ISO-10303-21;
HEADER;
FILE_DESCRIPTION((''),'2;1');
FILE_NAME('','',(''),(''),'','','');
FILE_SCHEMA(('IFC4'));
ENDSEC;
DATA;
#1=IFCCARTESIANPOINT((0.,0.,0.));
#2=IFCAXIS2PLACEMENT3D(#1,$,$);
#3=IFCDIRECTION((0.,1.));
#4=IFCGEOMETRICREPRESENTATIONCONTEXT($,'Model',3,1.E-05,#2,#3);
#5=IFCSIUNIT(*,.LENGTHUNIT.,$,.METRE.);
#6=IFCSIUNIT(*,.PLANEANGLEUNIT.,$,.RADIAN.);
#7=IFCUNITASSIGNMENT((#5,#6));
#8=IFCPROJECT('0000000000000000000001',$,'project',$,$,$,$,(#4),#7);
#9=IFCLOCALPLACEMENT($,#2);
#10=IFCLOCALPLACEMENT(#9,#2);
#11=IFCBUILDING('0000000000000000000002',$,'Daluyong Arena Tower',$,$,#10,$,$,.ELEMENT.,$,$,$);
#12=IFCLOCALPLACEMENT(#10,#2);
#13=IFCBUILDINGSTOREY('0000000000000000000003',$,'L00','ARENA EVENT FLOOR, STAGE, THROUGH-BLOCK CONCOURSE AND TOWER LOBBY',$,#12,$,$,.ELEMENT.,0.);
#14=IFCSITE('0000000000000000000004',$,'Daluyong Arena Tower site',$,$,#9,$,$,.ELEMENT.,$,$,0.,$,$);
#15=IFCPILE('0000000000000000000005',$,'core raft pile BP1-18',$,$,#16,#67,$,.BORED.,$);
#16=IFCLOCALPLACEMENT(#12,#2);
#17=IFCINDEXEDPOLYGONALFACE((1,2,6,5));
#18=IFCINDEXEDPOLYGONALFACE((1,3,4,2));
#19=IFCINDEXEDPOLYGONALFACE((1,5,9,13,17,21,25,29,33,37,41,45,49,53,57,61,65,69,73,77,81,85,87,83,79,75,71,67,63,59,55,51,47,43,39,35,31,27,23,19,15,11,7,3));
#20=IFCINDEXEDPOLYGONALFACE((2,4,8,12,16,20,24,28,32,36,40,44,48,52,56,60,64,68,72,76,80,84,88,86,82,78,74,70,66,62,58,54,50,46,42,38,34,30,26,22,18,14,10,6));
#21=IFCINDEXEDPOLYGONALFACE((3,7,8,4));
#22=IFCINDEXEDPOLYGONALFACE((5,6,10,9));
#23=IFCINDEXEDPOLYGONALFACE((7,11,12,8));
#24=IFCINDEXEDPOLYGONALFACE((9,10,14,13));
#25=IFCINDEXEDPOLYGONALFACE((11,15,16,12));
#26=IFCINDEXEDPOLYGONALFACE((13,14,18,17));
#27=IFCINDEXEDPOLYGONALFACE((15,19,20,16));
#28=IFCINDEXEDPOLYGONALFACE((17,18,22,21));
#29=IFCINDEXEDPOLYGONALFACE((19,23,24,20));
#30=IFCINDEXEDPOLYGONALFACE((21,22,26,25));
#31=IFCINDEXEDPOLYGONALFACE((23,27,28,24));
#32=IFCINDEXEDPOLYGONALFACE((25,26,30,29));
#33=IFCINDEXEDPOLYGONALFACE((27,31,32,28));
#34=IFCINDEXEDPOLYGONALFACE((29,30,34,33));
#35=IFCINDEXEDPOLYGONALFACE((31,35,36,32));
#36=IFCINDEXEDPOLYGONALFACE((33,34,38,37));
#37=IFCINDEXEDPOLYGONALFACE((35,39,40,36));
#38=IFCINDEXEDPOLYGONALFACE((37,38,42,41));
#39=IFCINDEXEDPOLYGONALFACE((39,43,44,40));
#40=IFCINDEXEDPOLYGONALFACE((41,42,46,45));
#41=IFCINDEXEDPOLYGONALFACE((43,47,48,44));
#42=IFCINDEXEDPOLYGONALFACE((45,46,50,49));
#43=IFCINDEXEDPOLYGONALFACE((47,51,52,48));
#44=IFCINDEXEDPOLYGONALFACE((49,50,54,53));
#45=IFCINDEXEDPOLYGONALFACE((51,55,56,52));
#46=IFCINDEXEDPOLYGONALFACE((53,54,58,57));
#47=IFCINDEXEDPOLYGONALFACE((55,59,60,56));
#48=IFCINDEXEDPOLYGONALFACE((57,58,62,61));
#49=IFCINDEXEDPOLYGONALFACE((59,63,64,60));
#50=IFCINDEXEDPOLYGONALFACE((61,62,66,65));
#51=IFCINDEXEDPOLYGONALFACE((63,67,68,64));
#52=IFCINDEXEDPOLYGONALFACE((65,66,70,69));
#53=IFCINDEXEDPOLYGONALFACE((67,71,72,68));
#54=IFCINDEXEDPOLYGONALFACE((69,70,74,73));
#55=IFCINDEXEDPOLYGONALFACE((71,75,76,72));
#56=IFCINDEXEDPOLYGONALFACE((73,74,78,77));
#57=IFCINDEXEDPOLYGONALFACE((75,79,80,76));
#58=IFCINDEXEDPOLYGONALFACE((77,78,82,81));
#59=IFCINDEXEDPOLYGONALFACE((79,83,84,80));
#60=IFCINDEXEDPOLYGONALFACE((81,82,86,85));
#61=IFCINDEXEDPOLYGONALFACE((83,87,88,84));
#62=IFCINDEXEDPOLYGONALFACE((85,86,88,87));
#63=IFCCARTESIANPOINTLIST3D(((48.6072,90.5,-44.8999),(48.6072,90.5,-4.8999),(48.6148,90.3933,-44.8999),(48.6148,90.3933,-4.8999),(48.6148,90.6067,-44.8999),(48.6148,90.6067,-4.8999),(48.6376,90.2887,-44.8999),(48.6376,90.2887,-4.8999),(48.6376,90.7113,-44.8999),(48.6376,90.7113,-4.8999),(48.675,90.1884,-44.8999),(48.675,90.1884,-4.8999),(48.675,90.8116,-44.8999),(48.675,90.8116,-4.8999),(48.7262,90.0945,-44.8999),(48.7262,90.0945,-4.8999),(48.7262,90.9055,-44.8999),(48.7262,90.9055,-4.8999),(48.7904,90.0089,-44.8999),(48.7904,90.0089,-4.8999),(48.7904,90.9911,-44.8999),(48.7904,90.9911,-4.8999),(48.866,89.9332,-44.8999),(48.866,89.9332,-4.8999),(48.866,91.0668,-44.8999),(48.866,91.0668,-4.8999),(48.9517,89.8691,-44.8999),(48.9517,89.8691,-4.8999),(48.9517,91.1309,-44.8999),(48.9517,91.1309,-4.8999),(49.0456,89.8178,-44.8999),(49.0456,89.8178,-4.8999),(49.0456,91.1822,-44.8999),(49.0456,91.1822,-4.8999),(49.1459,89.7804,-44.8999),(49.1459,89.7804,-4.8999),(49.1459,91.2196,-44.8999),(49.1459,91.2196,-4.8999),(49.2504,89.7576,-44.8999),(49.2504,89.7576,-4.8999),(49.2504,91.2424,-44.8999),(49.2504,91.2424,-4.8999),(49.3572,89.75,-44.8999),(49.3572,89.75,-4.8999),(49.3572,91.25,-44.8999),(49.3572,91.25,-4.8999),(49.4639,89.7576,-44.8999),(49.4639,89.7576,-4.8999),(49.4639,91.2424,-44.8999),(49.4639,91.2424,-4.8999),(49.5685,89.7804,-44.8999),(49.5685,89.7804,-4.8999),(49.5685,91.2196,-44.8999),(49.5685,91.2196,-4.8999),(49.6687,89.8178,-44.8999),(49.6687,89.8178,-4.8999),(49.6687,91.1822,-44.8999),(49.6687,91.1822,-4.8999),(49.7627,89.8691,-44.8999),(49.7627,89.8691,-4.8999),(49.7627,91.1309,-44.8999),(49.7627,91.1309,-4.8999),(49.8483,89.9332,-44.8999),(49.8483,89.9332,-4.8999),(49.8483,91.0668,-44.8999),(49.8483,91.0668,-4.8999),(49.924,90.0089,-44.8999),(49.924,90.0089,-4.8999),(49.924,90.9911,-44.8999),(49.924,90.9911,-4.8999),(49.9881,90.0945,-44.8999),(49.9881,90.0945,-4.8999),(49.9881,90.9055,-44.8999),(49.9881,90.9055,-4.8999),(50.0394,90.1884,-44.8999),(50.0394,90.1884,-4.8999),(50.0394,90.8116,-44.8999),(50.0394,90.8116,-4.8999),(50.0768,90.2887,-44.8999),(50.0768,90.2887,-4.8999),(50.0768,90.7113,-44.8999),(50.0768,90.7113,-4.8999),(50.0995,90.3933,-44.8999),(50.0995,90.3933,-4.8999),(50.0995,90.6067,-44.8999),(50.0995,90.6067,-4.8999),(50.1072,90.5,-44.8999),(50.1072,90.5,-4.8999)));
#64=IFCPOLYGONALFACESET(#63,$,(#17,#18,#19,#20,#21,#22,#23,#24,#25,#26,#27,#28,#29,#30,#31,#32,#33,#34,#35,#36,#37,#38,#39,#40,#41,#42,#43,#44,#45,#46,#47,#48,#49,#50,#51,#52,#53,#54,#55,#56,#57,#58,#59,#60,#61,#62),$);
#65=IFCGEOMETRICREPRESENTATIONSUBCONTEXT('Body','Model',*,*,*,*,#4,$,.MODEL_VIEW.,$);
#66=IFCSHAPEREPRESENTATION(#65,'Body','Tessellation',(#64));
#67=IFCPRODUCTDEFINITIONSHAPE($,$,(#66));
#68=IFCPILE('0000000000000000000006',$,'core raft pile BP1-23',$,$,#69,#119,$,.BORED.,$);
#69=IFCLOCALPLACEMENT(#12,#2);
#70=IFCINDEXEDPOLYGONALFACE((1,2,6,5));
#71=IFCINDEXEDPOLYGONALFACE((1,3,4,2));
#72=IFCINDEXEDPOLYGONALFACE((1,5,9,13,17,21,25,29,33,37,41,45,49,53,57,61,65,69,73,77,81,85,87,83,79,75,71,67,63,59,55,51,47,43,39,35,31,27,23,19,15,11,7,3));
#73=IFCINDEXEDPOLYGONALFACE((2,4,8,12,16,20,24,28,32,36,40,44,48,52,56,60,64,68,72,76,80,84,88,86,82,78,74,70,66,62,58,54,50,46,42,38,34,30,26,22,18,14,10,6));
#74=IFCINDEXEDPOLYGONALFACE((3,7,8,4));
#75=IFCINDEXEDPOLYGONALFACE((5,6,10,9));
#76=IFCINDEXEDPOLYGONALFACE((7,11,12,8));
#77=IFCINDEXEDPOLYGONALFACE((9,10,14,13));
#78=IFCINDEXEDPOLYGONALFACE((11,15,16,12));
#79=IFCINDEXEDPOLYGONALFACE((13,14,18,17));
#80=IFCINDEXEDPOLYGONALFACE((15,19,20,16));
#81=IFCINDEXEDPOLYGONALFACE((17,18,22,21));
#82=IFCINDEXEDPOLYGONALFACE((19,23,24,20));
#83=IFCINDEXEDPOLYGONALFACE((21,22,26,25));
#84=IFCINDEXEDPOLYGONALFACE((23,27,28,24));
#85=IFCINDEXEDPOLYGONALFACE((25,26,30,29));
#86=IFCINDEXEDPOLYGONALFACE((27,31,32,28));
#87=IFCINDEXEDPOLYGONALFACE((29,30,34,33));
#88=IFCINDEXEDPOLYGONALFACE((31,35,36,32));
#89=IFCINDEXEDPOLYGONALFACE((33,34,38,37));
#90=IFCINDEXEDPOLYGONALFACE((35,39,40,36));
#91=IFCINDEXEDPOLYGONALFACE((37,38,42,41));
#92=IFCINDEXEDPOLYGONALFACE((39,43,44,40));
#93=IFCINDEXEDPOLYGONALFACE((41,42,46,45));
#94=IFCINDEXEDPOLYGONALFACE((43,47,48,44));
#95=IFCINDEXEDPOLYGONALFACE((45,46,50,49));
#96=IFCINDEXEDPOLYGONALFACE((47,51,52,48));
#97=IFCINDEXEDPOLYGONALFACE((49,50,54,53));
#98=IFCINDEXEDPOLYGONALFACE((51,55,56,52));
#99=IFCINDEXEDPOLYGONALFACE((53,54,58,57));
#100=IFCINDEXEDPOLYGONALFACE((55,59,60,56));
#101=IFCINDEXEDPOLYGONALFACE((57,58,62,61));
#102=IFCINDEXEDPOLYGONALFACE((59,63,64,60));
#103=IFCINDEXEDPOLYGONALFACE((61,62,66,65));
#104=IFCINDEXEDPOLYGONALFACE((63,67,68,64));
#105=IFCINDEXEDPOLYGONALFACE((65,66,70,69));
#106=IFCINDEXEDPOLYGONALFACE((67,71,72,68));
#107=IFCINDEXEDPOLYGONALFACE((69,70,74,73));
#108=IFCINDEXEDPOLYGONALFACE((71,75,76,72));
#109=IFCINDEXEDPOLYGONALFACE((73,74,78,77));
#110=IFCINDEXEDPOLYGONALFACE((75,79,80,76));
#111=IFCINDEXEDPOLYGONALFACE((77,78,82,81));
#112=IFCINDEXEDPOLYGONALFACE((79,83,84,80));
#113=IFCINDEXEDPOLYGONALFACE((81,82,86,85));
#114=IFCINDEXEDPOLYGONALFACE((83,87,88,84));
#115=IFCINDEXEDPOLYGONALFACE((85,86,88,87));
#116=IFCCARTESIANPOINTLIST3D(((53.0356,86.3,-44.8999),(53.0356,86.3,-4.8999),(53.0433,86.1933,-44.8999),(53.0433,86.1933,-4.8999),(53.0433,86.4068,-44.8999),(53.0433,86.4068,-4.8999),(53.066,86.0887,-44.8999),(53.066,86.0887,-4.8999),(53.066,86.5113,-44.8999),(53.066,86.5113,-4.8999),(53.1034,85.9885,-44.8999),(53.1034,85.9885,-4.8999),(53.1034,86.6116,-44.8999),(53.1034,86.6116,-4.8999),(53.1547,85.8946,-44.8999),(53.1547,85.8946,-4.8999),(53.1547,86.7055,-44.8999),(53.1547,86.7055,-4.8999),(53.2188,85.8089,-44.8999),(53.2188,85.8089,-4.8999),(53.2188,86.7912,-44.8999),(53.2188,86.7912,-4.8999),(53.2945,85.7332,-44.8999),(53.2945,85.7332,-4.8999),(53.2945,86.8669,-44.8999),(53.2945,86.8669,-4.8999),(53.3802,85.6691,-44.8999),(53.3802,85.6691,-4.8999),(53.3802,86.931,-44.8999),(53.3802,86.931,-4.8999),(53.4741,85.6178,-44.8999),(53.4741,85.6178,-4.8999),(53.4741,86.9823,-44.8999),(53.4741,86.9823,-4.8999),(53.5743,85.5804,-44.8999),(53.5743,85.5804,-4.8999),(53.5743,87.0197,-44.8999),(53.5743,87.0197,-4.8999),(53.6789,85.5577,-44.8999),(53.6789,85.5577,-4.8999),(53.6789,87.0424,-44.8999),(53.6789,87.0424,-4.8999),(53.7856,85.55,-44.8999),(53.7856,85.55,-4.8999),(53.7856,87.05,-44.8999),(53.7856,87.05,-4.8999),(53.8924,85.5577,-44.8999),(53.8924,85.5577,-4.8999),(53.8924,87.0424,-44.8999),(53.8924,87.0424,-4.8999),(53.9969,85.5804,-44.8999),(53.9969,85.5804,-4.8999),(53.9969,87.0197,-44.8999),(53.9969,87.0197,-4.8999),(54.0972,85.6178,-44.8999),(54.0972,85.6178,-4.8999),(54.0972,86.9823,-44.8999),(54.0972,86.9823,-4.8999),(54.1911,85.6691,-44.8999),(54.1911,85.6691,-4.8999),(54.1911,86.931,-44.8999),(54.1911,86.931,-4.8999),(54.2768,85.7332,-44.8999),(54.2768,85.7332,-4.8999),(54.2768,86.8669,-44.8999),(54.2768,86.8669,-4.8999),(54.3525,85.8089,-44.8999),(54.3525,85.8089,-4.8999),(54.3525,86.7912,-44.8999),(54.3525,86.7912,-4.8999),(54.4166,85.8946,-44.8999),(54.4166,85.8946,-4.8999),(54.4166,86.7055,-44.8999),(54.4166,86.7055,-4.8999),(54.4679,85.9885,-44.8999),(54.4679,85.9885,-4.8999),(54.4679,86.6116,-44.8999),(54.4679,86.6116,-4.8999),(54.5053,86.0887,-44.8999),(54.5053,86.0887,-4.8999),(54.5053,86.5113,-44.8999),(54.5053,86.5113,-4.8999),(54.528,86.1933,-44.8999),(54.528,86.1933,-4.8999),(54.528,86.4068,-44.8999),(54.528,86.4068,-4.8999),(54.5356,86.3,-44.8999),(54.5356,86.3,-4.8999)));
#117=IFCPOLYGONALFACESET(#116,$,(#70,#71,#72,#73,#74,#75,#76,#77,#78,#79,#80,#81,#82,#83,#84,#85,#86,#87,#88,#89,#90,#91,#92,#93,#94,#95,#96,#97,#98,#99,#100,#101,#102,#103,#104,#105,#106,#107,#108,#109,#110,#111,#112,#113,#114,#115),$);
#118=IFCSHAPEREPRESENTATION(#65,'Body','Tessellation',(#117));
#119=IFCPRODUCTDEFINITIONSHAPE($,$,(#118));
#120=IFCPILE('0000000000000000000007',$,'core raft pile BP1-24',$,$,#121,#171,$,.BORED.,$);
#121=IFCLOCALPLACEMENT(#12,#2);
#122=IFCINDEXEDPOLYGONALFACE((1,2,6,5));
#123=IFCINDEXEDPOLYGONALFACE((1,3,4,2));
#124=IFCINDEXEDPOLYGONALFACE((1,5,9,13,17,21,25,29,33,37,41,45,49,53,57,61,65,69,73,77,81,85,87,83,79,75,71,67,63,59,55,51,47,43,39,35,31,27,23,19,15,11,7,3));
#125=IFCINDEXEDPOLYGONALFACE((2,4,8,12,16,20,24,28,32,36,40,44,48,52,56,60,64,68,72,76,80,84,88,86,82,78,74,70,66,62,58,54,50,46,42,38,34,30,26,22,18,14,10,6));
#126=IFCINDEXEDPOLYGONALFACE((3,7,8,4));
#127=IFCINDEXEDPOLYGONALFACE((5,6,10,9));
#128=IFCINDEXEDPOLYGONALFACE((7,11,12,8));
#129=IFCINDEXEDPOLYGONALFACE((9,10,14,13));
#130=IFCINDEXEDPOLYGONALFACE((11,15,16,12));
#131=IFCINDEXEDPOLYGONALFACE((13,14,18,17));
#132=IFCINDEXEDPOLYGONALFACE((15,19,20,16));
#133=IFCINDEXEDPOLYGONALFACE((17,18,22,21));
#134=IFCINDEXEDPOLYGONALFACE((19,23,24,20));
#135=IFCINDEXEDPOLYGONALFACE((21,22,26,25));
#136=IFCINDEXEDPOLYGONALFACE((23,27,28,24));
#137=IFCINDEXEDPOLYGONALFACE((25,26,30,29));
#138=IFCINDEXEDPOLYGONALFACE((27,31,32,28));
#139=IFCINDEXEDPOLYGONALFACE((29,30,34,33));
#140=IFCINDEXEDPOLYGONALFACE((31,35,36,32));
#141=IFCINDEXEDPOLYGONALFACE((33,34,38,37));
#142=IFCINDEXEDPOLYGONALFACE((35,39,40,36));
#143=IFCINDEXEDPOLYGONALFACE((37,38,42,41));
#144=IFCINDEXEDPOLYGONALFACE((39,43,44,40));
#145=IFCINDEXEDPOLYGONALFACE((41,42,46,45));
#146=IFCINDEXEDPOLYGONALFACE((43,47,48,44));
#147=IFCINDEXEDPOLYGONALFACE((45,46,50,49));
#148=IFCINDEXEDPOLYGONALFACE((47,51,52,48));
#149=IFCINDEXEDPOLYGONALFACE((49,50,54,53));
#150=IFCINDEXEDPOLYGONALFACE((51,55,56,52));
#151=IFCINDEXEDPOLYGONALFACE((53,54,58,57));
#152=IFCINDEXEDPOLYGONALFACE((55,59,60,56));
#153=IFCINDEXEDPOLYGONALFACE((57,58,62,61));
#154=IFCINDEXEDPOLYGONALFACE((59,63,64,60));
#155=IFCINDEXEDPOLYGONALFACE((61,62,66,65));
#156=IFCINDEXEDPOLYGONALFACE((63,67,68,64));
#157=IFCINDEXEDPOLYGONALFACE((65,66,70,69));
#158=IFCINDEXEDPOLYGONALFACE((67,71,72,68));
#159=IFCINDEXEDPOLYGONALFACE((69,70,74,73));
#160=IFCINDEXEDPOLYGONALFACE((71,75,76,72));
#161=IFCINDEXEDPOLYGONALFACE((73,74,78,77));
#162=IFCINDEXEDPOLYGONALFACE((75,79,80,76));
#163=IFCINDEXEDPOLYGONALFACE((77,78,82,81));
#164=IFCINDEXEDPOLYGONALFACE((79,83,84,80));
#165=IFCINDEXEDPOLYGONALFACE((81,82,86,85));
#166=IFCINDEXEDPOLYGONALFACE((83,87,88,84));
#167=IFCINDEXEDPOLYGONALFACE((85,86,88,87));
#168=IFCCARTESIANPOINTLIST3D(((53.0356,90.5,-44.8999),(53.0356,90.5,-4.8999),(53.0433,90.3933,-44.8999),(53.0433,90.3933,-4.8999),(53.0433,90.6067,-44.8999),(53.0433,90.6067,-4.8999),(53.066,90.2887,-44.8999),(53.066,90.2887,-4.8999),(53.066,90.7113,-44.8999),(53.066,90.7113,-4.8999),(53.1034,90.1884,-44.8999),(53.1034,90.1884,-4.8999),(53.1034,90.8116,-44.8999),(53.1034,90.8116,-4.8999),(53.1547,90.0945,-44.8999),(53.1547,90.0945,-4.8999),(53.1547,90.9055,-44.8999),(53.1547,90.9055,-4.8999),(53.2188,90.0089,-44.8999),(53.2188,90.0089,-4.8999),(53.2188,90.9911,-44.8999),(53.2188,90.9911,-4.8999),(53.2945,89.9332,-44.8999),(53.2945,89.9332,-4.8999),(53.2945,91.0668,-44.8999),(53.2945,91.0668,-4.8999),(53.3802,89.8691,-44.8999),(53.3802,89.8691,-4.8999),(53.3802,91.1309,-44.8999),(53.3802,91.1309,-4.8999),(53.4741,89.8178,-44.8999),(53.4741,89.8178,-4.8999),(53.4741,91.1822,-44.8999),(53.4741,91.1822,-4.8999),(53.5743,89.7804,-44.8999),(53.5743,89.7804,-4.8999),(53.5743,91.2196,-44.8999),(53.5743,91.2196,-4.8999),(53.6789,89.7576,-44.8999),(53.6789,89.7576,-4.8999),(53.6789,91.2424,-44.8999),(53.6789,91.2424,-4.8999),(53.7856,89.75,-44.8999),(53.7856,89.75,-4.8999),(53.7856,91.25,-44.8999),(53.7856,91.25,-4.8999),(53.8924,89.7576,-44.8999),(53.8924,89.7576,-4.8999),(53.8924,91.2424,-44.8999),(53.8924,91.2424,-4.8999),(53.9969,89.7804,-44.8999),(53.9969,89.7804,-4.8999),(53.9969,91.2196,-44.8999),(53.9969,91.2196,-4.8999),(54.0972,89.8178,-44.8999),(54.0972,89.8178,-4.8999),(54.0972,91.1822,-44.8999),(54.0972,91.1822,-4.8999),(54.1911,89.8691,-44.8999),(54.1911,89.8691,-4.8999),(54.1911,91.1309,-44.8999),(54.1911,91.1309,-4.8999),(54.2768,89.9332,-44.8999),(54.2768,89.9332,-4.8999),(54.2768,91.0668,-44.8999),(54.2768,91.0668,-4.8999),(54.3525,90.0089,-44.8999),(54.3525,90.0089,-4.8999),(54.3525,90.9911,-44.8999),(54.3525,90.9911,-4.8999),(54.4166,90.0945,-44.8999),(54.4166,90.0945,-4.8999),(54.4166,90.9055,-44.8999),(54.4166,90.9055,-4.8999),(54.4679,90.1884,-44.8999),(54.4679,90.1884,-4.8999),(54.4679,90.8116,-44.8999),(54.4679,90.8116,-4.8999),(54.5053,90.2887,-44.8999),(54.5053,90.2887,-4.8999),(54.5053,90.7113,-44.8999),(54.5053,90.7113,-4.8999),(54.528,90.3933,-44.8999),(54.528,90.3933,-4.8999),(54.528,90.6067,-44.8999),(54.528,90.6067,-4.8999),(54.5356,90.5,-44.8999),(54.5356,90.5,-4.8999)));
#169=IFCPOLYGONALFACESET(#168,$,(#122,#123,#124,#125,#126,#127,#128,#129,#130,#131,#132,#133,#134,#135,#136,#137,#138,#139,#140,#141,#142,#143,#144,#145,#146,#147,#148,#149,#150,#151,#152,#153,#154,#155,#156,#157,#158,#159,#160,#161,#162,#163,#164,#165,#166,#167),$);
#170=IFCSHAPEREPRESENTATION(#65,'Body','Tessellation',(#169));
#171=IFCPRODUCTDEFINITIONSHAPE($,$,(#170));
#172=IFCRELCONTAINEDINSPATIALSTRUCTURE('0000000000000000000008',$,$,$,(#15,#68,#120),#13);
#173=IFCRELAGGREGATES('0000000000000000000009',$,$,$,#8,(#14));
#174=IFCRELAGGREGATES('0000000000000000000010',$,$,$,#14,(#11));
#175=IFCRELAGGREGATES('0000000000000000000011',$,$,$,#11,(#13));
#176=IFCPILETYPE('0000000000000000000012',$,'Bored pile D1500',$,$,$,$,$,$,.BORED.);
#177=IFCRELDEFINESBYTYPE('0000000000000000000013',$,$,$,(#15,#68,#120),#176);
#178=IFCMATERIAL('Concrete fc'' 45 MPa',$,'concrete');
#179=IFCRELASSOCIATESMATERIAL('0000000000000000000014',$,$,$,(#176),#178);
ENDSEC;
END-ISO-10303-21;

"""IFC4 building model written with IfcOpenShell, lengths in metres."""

from ifc_helpers import new_model, si_unit, direction, frame, origin, origin_2d, place, context, subcontext, project, spatial, circle, extrude, material, type_object, element, save


model = new_model("IFC4")

# Units and contexts
model_context = context("Model", 3, precision=1e-05, world=origin(), true_north=direction((0.0, 1.0)))
body_context = subcontext(model_context, "Body", "Model", "MODEL_VIEW")
ifc_project = project(units=[si_unit("LENGTHUNIT", "METRE"), si_unit("PLANEANGLEUNIT", "RADIAN")], contexts=[model_context])

# Site, building, storey
site_placement = place(None, origin())
site = spatial("IfcSite", under=ifc_project, at=site_placement, Name="Daluyong Arena Tower site", CompositionType="ELEMENT", RefElevation=0.0)
building_placement = place(site_placement, origin())
building = spatial("IfcBuilding", under=site, at=building_placement, Name="Daluyong Arena Tower", CompositionType="ELEMENT")
storey_placement = place(building_placement, origin())
storey = spatial("IfcBuildingStorey", under=building, at=storey_placement, Name="L00", Description="ARENA EVENT FLOOR, STAGE, THROUGH-BLOCK CONCOURSE AND TOWER LOBBY", CompositionType="ELEMENT", Elevation=0.0)

# Piles
ifc_material_1 = material(Name="Concrete fc' 45 MPa", Category="concrete")
pile_type_1 = type_object("IfcPileType", Name="Bored pile D1500", PredefinedType="BORED", material=ifc_material_1)
for number, where, z_axis, x_axis, name in (
    (1, (49.3572, 90.5, -4.8999), (0.0, 0.0, -1.0), (1.0, 0.0, 0.0), "core raft pile BP1-18"),
    (2, (53.7856, 86.3, -4.8999), (0.0, 0.0, -1.0), (1.0, 0.0, 0.0), "core raft pile BP1-23"),
    (3, (53.7856, 90.5, -4.8999), (0.0, 0.0, -1.0), (1.0, 0.0, 0.0), "core raft pile BP1-24"),
):
    element("IfcPile", number, at=place(storey_placement, frame(where, z_axis=z_axis, x_axis=x_axis)), inside=storey, type_object=pile_type_1, Name=name, PredefinedType="BORED", context=body_context, shape_type="SweptSolid", body=[
        extrude(circle(Radius=0.75, at=origin_2d()), origin(), (0.0, 0.0, 1.0), 40.0),
    ])

save(model, "model.ifc")
